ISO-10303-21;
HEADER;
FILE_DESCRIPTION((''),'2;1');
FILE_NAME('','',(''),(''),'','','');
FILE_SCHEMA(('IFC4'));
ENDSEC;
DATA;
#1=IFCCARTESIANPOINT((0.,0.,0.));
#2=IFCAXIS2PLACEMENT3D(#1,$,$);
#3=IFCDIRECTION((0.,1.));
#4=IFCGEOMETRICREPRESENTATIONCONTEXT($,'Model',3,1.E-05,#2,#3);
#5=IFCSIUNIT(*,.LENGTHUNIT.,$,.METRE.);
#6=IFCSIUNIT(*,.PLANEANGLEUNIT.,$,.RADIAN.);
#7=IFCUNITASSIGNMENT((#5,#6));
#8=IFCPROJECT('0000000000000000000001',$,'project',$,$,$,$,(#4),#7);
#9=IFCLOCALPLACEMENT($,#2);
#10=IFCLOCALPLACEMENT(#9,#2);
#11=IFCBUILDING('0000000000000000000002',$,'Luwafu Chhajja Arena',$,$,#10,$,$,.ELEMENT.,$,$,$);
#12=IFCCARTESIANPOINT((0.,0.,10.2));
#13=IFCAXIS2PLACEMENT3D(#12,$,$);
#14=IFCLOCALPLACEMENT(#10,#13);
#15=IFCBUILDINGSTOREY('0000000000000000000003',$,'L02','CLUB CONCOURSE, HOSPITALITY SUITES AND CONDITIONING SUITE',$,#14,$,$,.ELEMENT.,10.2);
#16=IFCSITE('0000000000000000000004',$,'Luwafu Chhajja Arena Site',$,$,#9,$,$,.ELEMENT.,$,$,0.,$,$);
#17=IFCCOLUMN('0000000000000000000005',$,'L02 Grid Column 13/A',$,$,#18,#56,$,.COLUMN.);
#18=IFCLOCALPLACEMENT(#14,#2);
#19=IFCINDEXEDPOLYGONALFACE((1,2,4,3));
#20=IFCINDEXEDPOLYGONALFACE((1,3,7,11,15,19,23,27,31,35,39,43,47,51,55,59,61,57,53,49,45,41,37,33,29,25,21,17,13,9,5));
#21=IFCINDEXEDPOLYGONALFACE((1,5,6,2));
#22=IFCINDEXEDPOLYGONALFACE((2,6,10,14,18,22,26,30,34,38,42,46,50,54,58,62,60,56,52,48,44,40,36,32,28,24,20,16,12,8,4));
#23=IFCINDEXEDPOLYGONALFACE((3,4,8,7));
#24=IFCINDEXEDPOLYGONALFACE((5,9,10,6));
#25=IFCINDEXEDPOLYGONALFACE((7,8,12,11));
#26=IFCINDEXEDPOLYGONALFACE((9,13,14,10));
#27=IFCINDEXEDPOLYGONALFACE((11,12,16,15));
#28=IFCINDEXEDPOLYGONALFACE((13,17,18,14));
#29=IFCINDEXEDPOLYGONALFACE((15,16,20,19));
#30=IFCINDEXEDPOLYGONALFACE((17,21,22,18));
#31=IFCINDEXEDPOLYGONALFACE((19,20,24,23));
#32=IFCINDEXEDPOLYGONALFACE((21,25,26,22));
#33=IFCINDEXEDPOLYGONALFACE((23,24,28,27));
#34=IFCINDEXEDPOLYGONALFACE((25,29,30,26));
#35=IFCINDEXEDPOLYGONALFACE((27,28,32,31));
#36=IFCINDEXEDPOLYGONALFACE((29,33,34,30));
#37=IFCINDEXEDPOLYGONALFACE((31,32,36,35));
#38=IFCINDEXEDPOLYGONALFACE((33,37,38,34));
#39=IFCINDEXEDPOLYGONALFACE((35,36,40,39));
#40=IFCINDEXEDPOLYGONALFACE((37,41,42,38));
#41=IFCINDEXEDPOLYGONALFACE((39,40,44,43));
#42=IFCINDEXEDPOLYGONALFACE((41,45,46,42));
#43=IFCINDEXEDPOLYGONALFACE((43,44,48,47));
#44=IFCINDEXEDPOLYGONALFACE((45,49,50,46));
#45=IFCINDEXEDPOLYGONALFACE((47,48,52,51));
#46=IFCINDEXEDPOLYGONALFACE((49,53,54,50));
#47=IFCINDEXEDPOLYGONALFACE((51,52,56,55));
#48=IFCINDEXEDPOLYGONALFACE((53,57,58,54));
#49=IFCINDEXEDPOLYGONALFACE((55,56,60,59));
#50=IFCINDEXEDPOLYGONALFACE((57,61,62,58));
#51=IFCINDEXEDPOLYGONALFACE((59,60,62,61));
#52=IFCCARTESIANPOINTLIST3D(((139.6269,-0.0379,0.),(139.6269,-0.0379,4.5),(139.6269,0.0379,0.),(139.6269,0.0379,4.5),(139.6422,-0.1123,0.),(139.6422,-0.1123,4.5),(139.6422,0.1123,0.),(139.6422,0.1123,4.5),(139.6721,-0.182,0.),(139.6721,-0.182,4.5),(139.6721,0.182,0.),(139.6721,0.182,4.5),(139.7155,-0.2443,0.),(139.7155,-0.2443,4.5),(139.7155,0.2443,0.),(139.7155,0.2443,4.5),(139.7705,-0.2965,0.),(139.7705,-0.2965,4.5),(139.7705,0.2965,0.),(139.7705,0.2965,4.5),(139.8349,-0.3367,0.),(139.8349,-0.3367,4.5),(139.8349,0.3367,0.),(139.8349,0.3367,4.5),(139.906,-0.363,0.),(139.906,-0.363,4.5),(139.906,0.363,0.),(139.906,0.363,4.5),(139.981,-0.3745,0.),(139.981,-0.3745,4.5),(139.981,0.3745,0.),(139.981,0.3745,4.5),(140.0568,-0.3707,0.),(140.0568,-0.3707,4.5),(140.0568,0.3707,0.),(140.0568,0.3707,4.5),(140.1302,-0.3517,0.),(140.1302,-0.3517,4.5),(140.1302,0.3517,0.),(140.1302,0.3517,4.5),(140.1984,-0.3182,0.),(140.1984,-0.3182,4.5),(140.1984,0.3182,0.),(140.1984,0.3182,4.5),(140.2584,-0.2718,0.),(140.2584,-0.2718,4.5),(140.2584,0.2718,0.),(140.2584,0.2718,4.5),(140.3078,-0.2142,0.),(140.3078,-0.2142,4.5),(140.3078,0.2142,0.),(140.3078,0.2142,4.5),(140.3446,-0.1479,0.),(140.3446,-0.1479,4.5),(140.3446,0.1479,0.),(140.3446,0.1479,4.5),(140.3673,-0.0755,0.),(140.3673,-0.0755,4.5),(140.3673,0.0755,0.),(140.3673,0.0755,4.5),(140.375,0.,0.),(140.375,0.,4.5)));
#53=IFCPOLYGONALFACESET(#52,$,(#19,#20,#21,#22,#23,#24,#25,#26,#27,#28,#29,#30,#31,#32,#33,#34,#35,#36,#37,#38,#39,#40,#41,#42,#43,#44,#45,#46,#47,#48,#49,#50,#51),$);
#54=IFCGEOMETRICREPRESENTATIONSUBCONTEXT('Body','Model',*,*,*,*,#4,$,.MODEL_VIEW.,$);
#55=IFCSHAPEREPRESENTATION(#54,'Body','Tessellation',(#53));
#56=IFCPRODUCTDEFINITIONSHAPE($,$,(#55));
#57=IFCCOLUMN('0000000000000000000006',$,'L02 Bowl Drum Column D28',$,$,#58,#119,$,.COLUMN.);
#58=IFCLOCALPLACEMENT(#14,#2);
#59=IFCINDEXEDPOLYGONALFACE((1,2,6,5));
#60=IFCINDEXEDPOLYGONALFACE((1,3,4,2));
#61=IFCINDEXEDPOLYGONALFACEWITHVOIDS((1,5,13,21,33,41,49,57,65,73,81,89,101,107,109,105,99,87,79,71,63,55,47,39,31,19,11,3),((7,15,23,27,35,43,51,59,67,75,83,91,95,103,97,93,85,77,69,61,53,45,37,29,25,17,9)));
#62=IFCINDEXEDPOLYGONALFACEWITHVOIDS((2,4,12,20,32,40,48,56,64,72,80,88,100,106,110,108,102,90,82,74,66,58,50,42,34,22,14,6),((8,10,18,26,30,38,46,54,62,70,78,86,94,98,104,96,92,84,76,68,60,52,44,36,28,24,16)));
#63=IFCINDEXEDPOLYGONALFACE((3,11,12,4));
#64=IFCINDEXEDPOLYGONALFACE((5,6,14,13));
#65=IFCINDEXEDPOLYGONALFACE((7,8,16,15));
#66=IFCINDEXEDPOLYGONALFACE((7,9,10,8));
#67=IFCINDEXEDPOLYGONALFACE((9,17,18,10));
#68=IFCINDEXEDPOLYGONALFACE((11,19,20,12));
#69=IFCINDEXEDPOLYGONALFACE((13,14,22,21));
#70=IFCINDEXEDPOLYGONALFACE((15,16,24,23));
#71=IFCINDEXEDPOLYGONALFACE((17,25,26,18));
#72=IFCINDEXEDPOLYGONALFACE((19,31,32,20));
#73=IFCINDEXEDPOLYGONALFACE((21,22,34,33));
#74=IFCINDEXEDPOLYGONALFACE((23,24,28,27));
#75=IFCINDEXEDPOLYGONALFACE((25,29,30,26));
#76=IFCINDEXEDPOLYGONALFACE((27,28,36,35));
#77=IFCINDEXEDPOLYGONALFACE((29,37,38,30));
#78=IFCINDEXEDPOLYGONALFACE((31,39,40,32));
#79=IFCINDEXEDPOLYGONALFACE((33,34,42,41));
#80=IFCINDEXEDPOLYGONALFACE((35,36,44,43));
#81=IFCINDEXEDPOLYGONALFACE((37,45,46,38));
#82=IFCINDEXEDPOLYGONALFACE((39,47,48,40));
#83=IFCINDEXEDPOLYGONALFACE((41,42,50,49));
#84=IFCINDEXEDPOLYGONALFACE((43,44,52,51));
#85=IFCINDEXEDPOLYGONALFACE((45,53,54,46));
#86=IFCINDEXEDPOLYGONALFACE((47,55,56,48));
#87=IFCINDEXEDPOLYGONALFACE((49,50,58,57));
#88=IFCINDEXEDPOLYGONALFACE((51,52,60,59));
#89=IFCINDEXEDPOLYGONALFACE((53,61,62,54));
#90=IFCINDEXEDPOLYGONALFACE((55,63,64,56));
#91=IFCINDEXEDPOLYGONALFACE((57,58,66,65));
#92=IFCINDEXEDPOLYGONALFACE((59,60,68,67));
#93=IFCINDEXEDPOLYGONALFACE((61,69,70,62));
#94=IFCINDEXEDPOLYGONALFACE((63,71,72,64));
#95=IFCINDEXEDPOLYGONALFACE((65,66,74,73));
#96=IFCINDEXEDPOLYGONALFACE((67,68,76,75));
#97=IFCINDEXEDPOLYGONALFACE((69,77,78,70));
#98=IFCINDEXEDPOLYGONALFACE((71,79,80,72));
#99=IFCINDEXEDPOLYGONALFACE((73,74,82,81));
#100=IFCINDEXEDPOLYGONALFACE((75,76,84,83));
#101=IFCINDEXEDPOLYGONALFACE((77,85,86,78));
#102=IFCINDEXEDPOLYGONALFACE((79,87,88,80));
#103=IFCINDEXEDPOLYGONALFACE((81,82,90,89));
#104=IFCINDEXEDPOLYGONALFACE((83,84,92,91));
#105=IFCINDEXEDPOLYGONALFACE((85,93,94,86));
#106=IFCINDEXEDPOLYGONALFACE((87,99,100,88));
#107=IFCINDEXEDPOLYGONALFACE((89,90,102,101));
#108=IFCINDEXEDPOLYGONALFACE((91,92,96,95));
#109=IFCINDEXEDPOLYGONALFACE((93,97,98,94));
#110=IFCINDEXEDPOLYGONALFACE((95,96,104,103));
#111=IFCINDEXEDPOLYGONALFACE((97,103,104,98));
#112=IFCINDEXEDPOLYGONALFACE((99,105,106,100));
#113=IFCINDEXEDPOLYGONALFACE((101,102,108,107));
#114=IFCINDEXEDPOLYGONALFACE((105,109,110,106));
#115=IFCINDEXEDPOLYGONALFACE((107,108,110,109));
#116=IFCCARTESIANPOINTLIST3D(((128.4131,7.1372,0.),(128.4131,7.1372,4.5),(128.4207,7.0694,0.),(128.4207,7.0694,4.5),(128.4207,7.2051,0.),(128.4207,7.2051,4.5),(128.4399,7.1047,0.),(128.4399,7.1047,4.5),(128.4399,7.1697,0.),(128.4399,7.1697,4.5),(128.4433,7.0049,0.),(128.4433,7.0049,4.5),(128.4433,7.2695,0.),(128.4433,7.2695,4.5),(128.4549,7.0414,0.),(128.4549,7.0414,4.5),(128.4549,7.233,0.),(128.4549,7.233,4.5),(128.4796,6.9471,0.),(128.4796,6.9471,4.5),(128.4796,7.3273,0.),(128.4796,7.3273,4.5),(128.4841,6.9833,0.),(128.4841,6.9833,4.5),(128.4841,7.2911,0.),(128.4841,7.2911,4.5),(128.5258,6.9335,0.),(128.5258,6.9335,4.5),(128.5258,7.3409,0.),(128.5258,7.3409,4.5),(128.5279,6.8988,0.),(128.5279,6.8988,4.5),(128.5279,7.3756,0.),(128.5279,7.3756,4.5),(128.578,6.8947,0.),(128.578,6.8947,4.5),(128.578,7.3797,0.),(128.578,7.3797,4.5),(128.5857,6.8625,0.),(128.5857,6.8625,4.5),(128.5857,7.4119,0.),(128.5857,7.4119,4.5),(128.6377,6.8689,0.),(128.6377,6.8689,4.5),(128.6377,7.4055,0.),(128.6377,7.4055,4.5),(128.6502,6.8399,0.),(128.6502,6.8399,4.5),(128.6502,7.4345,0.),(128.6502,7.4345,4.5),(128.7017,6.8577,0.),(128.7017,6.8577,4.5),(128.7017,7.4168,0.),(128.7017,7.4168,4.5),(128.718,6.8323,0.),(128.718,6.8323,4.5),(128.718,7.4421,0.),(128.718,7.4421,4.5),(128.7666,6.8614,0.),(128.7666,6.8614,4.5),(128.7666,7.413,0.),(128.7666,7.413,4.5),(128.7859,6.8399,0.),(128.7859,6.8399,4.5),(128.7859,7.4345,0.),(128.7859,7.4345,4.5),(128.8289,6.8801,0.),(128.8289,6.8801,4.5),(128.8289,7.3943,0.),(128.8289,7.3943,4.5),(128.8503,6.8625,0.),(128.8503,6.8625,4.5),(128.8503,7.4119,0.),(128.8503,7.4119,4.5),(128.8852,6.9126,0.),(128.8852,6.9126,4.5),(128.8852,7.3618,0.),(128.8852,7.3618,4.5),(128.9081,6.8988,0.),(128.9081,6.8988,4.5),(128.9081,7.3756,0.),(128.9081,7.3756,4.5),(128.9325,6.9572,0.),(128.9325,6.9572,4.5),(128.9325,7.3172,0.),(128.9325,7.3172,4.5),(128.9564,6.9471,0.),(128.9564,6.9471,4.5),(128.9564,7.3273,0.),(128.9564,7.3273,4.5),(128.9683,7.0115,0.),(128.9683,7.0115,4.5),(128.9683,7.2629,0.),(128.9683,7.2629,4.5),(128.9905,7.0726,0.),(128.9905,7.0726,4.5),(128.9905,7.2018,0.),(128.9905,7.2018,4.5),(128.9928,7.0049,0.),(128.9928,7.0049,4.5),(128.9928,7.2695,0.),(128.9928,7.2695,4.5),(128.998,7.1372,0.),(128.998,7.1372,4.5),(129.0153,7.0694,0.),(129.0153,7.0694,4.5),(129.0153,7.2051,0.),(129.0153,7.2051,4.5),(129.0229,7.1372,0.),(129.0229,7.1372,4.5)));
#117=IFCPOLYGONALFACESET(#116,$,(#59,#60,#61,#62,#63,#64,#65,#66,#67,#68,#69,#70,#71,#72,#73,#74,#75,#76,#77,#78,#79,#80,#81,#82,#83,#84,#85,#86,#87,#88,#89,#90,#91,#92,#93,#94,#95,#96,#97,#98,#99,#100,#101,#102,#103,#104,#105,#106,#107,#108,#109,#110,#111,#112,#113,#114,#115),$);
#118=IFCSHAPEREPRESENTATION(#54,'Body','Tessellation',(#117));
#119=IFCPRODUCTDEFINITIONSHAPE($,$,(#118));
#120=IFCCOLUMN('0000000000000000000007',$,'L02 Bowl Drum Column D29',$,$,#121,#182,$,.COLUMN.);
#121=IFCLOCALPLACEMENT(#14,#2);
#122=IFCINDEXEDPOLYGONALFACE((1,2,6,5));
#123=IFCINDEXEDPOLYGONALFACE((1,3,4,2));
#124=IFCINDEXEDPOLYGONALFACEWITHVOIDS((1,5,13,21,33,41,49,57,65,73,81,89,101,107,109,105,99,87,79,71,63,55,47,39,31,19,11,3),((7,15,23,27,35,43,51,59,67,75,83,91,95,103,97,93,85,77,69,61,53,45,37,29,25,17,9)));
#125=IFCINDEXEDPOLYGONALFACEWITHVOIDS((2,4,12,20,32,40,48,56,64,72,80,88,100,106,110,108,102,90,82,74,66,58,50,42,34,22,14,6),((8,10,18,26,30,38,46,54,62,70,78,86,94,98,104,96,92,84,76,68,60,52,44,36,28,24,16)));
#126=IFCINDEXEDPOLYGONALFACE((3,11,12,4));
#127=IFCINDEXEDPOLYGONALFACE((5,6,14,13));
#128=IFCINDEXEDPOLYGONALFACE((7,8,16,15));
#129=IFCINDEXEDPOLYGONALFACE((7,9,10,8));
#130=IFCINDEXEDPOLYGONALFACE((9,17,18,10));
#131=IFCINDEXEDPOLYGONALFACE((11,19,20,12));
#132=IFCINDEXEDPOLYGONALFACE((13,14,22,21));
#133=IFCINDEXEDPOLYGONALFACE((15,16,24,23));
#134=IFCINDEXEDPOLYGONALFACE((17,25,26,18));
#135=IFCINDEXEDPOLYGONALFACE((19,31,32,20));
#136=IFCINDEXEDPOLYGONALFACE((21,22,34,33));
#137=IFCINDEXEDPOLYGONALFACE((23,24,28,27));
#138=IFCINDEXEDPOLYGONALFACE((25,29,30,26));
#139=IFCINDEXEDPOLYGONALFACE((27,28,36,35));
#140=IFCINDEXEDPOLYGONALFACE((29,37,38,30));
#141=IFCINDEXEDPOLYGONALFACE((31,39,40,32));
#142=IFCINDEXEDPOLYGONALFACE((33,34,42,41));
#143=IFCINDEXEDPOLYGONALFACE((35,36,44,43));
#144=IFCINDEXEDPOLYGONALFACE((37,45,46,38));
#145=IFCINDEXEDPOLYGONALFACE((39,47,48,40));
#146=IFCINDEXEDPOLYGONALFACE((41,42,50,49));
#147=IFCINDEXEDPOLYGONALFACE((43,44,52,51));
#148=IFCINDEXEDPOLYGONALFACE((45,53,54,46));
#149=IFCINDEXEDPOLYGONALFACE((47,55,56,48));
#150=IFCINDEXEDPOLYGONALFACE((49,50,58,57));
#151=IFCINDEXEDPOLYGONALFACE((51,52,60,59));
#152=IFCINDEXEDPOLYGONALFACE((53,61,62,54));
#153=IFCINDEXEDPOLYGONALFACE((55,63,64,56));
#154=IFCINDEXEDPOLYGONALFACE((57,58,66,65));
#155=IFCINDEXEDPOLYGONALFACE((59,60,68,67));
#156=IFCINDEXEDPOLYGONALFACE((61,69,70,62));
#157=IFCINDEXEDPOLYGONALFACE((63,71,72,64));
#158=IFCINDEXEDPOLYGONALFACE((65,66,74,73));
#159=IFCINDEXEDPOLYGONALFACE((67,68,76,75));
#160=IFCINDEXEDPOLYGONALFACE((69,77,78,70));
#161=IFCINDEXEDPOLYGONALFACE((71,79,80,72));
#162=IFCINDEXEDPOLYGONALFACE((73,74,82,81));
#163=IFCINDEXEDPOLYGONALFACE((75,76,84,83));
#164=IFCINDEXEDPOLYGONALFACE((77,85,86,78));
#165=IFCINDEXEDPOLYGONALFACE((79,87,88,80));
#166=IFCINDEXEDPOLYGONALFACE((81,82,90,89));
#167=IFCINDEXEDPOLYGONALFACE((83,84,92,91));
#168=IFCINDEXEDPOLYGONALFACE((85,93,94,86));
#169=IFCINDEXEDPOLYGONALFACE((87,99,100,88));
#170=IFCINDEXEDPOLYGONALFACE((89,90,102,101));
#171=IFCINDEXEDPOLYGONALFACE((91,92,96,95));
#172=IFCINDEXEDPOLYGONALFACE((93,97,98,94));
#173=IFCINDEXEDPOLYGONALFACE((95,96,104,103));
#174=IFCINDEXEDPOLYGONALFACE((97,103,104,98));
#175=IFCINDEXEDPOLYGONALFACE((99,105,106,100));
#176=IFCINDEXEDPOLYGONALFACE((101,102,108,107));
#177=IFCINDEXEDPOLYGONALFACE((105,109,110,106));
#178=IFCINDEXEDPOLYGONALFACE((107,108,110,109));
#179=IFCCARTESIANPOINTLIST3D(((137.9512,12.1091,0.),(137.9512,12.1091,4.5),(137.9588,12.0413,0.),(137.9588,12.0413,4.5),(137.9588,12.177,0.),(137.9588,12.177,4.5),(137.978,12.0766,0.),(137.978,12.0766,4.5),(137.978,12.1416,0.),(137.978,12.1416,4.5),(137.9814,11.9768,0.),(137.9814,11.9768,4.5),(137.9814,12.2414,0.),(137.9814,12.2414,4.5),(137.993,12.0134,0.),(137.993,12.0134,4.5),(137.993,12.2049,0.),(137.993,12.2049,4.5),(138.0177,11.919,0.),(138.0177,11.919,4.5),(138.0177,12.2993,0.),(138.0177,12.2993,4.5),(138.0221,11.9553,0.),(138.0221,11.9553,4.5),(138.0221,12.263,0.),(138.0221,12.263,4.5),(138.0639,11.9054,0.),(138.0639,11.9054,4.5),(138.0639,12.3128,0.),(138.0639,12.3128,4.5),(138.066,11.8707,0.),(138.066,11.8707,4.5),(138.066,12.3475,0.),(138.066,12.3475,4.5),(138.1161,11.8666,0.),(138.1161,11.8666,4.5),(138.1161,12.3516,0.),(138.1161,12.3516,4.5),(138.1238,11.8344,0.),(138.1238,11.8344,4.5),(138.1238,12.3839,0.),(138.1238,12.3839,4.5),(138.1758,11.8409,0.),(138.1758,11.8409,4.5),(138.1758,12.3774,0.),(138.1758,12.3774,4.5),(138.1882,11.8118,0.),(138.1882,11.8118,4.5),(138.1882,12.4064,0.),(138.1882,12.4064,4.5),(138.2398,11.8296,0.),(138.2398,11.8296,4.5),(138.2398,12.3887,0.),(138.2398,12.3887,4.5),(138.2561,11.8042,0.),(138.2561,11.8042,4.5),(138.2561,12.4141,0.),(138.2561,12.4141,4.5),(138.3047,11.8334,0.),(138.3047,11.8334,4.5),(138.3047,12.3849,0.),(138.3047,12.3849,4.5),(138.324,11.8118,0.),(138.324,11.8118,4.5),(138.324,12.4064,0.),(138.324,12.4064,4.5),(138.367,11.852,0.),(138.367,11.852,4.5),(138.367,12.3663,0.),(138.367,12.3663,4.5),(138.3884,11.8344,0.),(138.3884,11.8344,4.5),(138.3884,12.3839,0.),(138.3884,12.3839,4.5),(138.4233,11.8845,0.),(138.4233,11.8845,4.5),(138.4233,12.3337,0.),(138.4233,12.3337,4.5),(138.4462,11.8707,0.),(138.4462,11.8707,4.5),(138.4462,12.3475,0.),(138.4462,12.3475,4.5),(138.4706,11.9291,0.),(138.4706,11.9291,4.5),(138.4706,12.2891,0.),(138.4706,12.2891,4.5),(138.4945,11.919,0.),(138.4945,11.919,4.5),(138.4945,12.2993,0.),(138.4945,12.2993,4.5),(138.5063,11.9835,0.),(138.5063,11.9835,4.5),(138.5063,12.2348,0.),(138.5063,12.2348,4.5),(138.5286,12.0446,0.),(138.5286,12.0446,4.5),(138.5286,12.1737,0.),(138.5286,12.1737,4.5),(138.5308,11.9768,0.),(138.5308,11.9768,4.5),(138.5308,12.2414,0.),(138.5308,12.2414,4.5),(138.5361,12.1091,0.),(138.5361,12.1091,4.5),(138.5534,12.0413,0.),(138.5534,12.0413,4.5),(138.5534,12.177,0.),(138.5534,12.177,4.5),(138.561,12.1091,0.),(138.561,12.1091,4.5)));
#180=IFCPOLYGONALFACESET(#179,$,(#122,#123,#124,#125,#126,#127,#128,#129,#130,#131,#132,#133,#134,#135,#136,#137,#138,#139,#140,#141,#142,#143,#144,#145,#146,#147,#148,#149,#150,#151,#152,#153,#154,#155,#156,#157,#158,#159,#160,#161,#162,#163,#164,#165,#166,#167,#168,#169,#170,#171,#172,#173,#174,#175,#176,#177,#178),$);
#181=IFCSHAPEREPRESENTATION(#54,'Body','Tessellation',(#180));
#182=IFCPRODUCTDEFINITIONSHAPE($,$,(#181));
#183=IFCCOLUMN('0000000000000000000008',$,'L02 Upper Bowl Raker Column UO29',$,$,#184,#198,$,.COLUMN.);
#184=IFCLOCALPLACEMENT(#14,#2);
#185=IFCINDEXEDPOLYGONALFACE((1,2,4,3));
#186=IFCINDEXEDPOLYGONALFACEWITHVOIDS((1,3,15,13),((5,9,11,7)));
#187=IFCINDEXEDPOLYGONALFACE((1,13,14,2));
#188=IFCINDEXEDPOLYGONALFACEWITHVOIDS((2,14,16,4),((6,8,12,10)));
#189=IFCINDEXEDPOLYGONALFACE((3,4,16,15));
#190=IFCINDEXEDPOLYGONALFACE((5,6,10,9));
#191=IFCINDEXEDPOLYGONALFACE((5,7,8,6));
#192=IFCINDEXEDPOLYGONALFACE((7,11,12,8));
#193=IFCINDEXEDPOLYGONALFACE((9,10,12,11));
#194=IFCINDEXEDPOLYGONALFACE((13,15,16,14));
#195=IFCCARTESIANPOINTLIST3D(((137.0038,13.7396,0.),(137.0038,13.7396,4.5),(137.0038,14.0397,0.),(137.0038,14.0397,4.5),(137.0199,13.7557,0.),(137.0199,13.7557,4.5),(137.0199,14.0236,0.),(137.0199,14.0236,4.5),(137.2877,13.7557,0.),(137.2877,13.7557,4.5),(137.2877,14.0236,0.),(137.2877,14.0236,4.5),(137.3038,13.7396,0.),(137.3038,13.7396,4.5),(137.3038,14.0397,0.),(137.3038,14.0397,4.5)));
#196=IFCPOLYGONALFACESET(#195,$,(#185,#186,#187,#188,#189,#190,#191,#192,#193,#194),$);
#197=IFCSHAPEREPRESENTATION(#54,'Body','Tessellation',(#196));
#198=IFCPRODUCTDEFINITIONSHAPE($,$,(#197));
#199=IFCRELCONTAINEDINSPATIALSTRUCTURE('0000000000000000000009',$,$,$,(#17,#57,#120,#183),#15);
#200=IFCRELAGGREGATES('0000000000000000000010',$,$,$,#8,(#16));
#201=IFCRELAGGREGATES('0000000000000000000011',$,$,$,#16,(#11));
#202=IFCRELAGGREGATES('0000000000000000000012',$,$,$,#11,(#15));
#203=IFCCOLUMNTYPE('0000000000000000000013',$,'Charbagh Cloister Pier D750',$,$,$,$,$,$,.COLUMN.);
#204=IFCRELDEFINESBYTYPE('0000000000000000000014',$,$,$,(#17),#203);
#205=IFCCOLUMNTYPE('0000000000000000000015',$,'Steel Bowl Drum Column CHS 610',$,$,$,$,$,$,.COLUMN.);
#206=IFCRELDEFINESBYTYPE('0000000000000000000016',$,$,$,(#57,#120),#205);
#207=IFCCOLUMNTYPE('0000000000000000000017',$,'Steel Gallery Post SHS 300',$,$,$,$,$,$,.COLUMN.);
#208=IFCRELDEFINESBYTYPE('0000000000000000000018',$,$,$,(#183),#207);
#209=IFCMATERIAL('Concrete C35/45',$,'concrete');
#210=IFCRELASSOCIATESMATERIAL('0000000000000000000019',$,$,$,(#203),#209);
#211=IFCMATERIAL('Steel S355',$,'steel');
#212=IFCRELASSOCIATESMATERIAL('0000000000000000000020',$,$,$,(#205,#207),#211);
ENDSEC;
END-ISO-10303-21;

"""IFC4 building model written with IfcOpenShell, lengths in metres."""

from ifc_helpers import new_model, si_unit, direction, frame, origin, origin_2d, place, context, subcontext, project, spatial, hollow_rectangle, circle, hollow_circle, extrude, material, material_profile, profile_set, type_object, element, save


model = new_model("IFC4")

# Units and contexts
model_context = context("Model", 3, precision=1e-05, world=origin(), true_north=direction((0.0, 1.0)))
body_context = subcontext(model_context, "Body", "Model", "MODEL_VIEW")
ifc_project = project(units=[si_unit("LENGTHUNIT", "METRE"), si_unit("PLANEANGLEUNIT", "RADIAN")], contexts=[model_context])

# Site, building, storey
site_placement = place(None, origin())
site = spatial("IfcSite", under=ifc_project, at=site_placement, Name="Luwafu Chhajja Arena Site", CompositionType="ELEMENT", RefElevation=0.0)
building_placement = place(site_placement, origin())
building = spatial("IfcBuilding", under=site, at=building_placement, Name="Luwafu Chhajja Arena", CompositionType="ELEMENT")
storey_placement = place(building_placement, frame((0.0, 0.0, 10.2)))
storey = spatial("IfcBuildingStorey", under=building, at=storey_placement, Name="L02", Description="CLUB CONCOURSE, HOSPITALITY SUITES AND CONDITIONING SUITE", CompositionType="ELEMENT", Elevation=10.2)

# Columns
ifc_material_1 = material(Name="Concrete C35/45", Category="concrete")
ifc_material_profile_1 = material_profile(ifc_material_1, circle(Radius=0.375, at=origin_2d()), Name="RC COL D750")
ifc_profile_set_1 = profile_set([ifc_material_profile_1], Name="Concrete C35/45")
column_type_1 = type_object("IfcColumnType", Name="Charbagh Cloister Pier D750", PredefinedType="COLUMN", material=ifc_profile_set_1)
column_1_placement = place(storey_placement, frame((140.0, 0.0, 0.0), z_axis=(0.0, 0.0, 1.0), x_axis=(1.0, 0.0, 0.0)))
element("IfcColumn", 1, at=column_1_placement, inside=storey, type_object=column_type_1, Name="L02 Grid Column 13/A", PredefinedType="COLUMN", context=body_context, shape_type="SweptSolid", body=[
    extrude(circle(Radius=0.375, at=origin_2d()), origin(), (0.0, 0.0, 1.0), 4.5),
])
ifc_material_2 = material(Name="Steel S355", Category="steel")
ifc_material_profile_2 = material_profile(ifc_material_2, hollow_circle(Radius=0.3049, WallThickness=0.0249, at=origin_2d()), Name="CHS 610x25")
ifc_profile_set_2 = profile_set([ifc_material_profile_2], Name="Steel S355")
column_type_2 = type_object("IfcColumnType", Name="Steel Bowl Drum Column CHS 610", PredefinedType="COLUMN", material=ifc_profile_set_2)
for number, where, z_axis, x_axis, name in (
    (2, (128.718, 7.1372, 0.0), (0.0, 0.0, 1.0), (1.0, 0.0, 0.0), "L02 Bowl Drum Column D28"),
    (3, (138.2561, 12.1091, 0.0), (0.0, 0.0, 1.0), (1.0, 0.0, 0.0), "L02 Bowl Drum Column D29"),
):
    element("IfcColumn", number, at=place(storey_placement, frame(where, z_axis=z_axis, x_axis=x_axis)), inside=storey, type_object=column_type_2, Name=name, PredefinedType="COLUMN", context=body_context, shape_type="SweptSolid", body=[
        extrude(hollow_circle(Radius=0.3049, WallThickness=0.0249, at=origin_2d()), origin(), (0.0, 0.0, 1.0), 4.5),
    ])
ifc_material_profile_3 = material_profile(ifc_material_2, hollow_rectangle(XDim=0.3, YDim=0.3, WallThickness=0.0161, at=origin_2d()), Name="SHS 300x300x16")
ifc_profile_set_3 = profile_set([ifc_material_profile_3], Name="Steel S355")
column_type_3 = type_object("IfcColumnType", Name="Steel Gallery Post SHS 300", PredefinedType="COLUMN", material=ifc_profile_set_3)
column_2_placement = place(storey_placement, frame((137.1538, 13.8896, 0.0), z_axis=(0.0, 0.0, 1.0), x_axis=(1.0, 0.0, 0.0)))
element("IfcColumn", 4, at=column_2_placement, inside=storey, type_object=column_type_3, Name="L02 Upper Bowl Raker Column UO29", PredefinedType="COLUMN", context=body_context, shape_type="SweptSolid", body=[
    extrude(hollow_rectangle(XDim=0.3, YDim=0.3, WallThickness=0.0161, at=origin_2d()), origin(), (0.0, 0.0, 1.0), 4.5),
])

save(model, "model.ifc")
